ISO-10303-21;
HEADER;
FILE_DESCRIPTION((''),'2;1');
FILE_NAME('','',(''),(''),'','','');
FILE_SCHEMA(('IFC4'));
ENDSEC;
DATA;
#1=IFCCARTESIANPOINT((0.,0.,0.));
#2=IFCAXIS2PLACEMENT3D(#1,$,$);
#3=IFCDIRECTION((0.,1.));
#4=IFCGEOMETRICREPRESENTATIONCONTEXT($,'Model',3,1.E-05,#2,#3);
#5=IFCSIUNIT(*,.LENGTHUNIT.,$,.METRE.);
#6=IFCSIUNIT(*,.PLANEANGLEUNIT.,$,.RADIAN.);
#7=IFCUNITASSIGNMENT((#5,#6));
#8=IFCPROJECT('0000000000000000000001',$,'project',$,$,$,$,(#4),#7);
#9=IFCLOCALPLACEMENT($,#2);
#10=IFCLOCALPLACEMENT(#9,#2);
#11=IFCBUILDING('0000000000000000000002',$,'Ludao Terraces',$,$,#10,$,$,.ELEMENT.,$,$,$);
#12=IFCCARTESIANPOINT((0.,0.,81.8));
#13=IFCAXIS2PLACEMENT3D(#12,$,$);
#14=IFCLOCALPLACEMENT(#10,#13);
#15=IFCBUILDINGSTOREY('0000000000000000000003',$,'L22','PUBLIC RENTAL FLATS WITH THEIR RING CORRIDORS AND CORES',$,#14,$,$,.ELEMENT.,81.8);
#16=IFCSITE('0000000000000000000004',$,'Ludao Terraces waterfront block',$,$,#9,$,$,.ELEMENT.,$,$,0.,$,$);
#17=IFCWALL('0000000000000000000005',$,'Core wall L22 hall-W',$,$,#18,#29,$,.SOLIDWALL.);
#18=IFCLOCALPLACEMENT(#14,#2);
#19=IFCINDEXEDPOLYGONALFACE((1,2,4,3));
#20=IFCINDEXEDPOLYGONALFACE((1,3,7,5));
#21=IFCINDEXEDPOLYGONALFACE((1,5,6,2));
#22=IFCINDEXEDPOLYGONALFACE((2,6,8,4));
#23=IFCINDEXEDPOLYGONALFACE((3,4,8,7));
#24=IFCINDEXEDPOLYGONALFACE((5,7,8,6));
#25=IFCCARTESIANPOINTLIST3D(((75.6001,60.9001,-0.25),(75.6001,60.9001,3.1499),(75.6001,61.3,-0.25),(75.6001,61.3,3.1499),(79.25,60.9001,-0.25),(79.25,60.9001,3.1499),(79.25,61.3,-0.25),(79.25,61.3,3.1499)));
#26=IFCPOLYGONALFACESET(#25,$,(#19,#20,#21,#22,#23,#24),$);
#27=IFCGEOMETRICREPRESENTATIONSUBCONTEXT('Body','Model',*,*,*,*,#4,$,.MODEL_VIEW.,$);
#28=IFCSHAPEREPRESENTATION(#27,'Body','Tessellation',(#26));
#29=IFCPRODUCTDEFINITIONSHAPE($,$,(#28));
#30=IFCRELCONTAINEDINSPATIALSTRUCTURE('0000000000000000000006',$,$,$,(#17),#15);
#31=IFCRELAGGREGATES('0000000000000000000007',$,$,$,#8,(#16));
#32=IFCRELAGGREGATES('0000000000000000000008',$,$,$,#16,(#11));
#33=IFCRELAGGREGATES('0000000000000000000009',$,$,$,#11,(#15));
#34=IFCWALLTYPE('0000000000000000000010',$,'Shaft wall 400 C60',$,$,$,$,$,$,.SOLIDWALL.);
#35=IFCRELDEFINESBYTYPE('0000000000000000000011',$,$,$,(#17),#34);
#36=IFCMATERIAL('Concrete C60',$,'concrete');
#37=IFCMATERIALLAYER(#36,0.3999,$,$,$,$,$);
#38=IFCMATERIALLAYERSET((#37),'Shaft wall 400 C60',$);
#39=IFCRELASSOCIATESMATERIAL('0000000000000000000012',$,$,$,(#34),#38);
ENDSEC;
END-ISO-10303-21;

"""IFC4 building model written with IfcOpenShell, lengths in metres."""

from ifc_helpers import new_model, si_unit, direction, frame, frame_2d, origin, place, context, subcontext, project, spatial, rectangle, extrude, material, layer, layer_set, type_object, element, save


model = new_model("IFC4")

# Units and contexts
model_context = context("Model", 3, precision=1e-05, world=origin(), true_north=direction((0.0, 1.0)))
body_context = subcontext(model_context, "Body", "Model", "MODEL_VIEW")
ifc_project = project(units=[si_unit("LENGTHUNIT", "METRE"), si_unit("PLANEANGLEUNIT", "RADIAN")], contexts=[model_context])

# Site, building, storey
site_placement = place(None, origin())
site = spatial("IfcSite", under=ifc_project, at=site_placement, Name="Ludao Terraces waterfront block", CompositionType="ELEMENT", RefElevation=0.0)
building_placement = place(site_placement, origin())
building = spatial("IfcBuilding", under=site, at=building_placement, Name="Ludao Terraces", CompositionType="ELEMENT")
storey_placement = place(building_placement, frame((0.0, 0.0, 81.8)))
storey = spatial("IfcBuildingStorey", under=building, at=storey_placement, Name="L22", Description="PUBLIC RENTAL FLATS WITH THEIR RING CORRIDORS AND CORES", CompositionType="ELEMENT", Elevation=81.8)

# Shared definitions
ifc_material_1 = material(Name="Concrete C60", Category="concrete")
ifc_layer_1 = layer(ifc_material_1, 0.3999)
ifc_layer_set_1 = layer_set([ifc_layer_1], Name="Shaft wall 400 C60")
wall_type_1 = type_object("IfcWallType", Name="Shaft wall 400 C60", PredefinedType="SOLIDWALL", material=ifc_layer_set_1)

# Wall
wall_1_placement = place(storey_placement, frame((75.6001, 61.1001, -0.25), z_axis=(0.0, 0.0, 1.0), x_axis=(1.0, 0.0, 0.0)))
element("IfcWall", 1, at=wall_1_placement, inside=storey, type_object=wall_type_1, Name="Core wall L22 hall-W", PredefinedType="SOLIDWALL", context=body_context, shape_type="SweptSolid", body=[
    extrude(rectangle(XDim=3.6499, YDim=0.3999, at=frame_2d((1.825, 0.0))), origin(), (0.0, 0.0, 1.0), 3.3999),
])

save(model, "model.ifc")
